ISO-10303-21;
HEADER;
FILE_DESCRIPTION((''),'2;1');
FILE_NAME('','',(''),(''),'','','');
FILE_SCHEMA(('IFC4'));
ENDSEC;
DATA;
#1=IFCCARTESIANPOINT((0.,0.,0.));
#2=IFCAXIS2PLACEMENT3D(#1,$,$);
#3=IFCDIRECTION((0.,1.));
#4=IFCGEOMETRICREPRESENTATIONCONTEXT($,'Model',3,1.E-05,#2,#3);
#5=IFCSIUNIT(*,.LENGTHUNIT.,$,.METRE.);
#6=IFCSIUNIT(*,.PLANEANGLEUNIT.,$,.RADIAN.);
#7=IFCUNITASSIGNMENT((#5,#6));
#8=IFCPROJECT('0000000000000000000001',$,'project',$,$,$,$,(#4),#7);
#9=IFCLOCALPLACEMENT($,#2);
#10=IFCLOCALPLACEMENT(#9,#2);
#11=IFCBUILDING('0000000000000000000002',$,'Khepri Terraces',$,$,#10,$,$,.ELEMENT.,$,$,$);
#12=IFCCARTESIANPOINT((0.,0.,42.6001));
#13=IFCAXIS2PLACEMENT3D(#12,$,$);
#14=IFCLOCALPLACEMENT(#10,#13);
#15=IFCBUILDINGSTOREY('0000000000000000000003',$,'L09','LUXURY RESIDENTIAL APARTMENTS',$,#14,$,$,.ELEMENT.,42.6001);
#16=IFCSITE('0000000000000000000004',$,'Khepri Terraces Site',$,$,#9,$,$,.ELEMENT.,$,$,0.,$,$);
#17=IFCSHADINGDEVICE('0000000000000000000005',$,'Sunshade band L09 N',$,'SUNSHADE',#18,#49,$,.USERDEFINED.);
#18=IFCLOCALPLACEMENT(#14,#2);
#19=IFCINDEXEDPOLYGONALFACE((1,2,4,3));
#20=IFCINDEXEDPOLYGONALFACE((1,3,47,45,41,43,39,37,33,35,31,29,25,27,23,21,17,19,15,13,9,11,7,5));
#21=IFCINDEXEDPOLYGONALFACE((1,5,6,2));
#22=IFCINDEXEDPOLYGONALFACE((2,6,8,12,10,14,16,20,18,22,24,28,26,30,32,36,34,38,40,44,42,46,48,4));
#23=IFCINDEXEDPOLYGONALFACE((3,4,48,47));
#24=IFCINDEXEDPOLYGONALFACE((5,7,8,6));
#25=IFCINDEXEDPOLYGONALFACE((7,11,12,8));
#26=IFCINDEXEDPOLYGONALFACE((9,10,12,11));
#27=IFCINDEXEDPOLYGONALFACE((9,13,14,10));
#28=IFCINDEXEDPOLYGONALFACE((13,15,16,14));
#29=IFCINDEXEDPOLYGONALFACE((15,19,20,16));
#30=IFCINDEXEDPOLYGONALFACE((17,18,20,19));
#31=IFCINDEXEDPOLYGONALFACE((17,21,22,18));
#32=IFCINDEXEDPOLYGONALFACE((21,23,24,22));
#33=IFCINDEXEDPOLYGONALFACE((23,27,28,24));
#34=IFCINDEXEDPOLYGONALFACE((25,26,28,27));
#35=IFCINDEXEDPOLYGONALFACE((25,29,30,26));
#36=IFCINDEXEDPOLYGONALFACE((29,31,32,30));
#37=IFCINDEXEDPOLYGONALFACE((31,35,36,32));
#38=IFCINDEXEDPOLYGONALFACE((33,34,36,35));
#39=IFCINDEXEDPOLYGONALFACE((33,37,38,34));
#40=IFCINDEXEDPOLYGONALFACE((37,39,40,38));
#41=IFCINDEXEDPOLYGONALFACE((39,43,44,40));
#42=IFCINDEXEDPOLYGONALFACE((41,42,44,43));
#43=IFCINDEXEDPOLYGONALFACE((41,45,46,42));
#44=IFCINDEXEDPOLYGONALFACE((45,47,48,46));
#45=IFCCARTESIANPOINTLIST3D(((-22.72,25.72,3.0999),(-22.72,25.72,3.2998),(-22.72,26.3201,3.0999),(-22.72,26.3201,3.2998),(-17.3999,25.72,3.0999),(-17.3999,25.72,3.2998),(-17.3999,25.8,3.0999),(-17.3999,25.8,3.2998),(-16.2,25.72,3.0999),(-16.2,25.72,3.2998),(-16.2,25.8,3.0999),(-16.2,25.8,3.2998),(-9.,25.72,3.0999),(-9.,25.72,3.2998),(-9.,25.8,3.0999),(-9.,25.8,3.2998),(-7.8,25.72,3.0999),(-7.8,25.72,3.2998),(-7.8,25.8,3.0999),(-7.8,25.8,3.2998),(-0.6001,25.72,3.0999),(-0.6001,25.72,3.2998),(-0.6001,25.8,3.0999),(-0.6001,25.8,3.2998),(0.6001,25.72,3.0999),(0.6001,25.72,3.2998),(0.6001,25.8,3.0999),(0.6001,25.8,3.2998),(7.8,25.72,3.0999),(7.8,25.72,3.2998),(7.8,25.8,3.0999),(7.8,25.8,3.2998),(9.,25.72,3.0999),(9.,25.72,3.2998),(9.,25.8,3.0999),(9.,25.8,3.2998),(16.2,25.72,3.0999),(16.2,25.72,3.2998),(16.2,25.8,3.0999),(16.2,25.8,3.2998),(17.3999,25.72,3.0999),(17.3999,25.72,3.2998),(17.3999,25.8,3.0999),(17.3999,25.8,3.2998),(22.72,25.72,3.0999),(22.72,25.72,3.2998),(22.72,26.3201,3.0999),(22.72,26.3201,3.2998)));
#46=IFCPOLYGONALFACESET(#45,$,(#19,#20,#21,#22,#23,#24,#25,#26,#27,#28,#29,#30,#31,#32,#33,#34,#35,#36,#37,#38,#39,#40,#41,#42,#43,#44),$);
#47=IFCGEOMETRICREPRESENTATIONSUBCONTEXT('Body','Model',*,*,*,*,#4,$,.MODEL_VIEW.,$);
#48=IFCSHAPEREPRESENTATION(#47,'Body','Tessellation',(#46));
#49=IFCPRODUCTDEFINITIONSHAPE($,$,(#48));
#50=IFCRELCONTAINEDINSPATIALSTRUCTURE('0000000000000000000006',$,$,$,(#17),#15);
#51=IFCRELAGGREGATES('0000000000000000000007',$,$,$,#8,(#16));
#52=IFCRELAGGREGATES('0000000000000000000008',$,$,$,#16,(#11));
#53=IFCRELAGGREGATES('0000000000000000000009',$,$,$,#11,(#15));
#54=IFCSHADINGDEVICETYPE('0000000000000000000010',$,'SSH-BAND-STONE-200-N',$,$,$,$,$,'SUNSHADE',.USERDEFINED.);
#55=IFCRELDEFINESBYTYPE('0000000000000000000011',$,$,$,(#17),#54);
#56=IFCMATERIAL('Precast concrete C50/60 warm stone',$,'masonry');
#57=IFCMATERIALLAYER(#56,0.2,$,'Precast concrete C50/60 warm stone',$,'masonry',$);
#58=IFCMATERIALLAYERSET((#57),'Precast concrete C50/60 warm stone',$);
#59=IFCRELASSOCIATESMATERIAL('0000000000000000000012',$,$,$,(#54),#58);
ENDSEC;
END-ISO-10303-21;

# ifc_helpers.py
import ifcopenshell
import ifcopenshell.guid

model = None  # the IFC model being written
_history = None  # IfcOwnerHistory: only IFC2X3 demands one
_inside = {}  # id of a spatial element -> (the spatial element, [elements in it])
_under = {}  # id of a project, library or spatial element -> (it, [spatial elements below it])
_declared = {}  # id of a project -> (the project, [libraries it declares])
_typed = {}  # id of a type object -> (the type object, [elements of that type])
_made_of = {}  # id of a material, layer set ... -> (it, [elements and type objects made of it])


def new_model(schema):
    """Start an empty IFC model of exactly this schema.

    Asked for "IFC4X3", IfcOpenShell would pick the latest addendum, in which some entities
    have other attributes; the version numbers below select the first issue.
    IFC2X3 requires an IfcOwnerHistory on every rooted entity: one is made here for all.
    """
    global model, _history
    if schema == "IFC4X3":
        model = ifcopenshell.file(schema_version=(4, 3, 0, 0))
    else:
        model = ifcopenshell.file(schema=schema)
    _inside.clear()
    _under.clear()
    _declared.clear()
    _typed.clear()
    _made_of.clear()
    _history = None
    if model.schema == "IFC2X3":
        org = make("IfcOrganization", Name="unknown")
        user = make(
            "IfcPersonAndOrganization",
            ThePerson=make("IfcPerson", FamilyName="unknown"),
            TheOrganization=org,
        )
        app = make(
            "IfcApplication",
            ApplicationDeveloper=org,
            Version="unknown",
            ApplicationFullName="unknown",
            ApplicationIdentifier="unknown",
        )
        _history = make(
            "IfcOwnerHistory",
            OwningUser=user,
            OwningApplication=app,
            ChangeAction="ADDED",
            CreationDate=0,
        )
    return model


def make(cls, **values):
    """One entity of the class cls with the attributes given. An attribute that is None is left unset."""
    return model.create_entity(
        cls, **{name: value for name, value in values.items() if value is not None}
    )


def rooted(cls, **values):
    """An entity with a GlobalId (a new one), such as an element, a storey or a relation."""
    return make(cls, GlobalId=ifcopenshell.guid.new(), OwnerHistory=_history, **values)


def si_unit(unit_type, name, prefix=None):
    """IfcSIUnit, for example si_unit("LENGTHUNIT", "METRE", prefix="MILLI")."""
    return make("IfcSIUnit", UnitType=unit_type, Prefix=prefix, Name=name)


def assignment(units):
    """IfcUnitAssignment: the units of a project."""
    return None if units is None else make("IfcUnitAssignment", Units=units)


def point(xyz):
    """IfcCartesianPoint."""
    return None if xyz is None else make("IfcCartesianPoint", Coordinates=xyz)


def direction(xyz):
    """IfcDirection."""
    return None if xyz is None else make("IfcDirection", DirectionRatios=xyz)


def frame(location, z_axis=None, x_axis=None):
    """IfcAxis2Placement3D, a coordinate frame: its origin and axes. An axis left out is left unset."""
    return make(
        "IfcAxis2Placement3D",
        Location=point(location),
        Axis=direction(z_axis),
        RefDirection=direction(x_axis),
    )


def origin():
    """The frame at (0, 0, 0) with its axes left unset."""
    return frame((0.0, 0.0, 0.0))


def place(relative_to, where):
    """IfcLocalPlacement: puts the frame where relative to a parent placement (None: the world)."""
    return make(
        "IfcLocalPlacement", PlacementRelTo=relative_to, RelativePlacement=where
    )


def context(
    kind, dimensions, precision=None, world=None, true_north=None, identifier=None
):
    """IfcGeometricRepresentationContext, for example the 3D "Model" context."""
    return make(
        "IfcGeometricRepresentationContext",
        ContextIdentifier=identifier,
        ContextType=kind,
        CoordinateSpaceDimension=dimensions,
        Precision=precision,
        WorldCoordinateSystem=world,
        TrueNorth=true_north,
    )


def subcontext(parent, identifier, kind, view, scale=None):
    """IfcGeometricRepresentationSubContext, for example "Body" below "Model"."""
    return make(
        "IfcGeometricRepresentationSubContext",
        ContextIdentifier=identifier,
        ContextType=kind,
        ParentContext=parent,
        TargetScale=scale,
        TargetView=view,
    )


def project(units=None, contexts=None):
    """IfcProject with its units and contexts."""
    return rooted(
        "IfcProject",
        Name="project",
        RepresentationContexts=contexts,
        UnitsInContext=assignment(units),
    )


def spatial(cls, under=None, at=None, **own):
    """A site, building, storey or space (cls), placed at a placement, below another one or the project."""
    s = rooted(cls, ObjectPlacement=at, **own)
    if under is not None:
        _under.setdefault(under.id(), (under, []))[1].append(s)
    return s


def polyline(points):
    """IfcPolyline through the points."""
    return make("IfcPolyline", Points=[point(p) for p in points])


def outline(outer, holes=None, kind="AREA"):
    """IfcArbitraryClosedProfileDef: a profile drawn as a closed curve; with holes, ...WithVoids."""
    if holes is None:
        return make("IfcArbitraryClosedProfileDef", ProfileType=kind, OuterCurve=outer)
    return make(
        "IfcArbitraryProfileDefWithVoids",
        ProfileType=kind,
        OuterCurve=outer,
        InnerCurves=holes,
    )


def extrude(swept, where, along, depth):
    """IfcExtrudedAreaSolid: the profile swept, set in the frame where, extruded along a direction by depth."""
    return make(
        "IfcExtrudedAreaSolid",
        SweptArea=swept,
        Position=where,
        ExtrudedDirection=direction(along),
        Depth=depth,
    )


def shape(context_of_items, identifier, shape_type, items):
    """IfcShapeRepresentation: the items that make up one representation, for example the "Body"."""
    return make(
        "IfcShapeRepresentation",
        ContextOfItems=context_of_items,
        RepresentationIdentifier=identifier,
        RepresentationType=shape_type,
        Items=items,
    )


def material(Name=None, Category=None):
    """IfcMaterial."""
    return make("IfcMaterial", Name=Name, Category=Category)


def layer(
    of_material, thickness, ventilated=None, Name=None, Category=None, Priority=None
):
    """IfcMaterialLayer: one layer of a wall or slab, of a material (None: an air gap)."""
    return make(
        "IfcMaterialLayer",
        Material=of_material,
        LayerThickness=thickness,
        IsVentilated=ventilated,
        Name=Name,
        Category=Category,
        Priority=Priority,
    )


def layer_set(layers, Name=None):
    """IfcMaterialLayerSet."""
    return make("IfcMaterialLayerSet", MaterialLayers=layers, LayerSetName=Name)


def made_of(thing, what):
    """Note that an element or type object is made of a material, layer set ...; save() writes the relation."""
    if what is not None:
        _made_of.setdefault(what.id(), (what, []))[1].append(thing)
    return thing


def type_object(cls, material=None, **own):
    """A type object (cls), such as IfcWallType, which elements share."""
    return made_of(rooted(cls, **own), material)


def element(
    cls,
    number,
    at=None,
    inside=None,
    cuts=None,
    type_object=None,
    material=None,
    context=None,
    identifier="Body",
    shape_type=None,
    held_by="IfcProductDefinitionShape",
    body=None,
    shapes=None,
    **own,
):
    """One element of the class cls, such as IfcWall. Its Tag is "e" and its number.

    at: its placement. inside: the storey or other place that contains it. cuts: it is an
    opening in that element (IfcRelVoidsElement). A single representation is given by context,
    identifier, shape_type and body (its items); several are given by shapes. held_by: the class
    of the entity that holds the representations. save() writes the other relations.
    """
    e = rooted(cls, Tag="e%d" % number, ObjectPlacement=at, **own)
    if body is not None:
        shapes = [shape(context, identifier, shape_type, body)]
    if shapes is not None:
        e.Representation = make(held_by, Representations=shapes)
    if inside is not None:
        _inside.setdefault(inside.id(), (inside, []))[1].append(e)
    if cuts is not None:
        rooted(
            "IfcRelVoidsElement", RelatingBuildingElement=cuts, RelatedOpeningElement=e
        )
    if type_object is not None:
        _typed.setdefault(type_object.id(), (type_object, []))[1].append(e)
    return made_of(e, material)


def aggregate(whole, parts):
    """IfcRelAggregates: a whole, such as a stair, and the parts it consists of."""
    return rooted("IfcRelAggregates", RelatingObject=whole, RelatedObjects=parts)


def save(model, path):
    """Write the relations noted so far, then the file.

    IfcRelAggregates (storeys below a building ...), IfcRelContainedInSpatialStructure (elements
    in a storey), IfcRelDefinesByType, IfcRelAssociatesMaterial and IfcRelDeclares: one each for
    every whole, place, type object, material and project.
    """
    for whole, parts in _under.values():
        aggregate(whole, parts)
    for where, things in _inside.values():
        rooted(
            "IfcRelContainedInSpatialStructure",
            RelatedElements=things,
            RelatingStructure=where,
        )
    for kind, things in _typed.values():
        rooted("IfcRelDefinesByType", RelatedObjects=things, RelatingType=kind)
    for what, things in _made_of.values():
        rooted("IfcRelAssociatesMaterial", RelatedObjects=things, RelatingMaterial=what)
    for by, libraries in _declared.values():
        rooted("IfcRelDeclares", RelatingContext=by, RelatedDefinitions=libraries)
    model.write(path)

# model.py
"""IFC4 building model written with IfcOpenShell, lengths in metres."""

from ifc_helpers import new_model, si_unit, direction, frame, origin, place, context, subcontext, project, spatial, polyline, outline, extrude, material, layer, layer_set, type_object, element, save


model = new_model("IFC4")

# Units and contexts
model_context = context("Model", 3, precision=1e-05, world=origin(), true_north=direction((0.0, 1.0)))
body_context = subcontext(model_context, "Body", "Model", "MODEL_VIEW")
ifc_project = project(units=[si_unit("LENGTHUNIT", "METRE"), si_unit("PLANEANGLEUNIT", "RADIAN")], contexts=[model_context])

# Site, building, storey
site_placement = place(None, origin())
site = spatial("IfcSite", under=ifc_project, at=site_placement, Name="Khepri Terraces Site", CompositionType="ELEMENT", RefElevation=0.0)
building_placement = place(site_placement, origin())
building = spatial("IfcBuilding", under=site, at=building_placement, Name="Khepri Terraces", CompositionType="ELEMENT")
storey_placement = place(building_placement, frame((0.0, 0.0, 42.6001)))
storey = spatial("IfcBuildingStorey", under=building, at=storey_placement, Name="L09", Description="LUXURY RESIDENTIAL APARTMENTS", CompositionType="ELEMENT", Elevation=42.6001)

# Shading device
ifc_material_1 = material(Name="Precast concrete C50/60 warm stone", Category="masonry")
ifc_layer_1 = layer(ifc_material_1, 0.2, Name="Precast concrete C50/60 warm stone", Category="masonry")
ifc_layer_set_1 = layer_set([ifc_layer_1], Name="Precast concrete C50/60 warm stone")
shading_device_type_1 = type_object("IfcShadingDeviceType", Name="SSH-BAND-STONE-200-N", ElementType="SUNSHADE", PredefinedType="USERDEFINED", material=ifc_layer_set_1)
shading_device_1_placement = place(storey_placement, frame((0.0, 0.0, 3.0999)))
element("IfcShadingDevice", 1, at=shading_device_1_placement, inside=storey, type_object=shading_device_type_1, Name="Sunshade band L09 N", ObjectType="SUNSHADE", PredefinedType="USERDEFINED", context=body_context, shape_type="SweptSolid", body=[
    extrude(outline(polyline([(17.3999, 25.72), (22.72, 25.72), (22.72, 26.3201), (-22.72, 26.3201), (-22.72, 25.72), (-17.3999, 25.72), (-17.3999, 25.8), (-16.2, 25.8), (-16.2, 25.72), (-9.0, 25.72), (-9.0, 25.8), (-7.8, 25.8), (-7.8, 25.72), (-0.6001, 25.72), (-0.6001, 25.8), (0.6001, 25.8), (0.6001, 25.72), (7.8, 25.72), (7.8, 25.8), (9.0, 25.8), (9.0, 25.72), (16.2, 25.72), (16.2, 25.8), (17.3999, 25.8), (17.3999, 25.72)])), origin(), (0.0, 0.0, 1.0), 0.2),
])

save(model, "model.ifc")
